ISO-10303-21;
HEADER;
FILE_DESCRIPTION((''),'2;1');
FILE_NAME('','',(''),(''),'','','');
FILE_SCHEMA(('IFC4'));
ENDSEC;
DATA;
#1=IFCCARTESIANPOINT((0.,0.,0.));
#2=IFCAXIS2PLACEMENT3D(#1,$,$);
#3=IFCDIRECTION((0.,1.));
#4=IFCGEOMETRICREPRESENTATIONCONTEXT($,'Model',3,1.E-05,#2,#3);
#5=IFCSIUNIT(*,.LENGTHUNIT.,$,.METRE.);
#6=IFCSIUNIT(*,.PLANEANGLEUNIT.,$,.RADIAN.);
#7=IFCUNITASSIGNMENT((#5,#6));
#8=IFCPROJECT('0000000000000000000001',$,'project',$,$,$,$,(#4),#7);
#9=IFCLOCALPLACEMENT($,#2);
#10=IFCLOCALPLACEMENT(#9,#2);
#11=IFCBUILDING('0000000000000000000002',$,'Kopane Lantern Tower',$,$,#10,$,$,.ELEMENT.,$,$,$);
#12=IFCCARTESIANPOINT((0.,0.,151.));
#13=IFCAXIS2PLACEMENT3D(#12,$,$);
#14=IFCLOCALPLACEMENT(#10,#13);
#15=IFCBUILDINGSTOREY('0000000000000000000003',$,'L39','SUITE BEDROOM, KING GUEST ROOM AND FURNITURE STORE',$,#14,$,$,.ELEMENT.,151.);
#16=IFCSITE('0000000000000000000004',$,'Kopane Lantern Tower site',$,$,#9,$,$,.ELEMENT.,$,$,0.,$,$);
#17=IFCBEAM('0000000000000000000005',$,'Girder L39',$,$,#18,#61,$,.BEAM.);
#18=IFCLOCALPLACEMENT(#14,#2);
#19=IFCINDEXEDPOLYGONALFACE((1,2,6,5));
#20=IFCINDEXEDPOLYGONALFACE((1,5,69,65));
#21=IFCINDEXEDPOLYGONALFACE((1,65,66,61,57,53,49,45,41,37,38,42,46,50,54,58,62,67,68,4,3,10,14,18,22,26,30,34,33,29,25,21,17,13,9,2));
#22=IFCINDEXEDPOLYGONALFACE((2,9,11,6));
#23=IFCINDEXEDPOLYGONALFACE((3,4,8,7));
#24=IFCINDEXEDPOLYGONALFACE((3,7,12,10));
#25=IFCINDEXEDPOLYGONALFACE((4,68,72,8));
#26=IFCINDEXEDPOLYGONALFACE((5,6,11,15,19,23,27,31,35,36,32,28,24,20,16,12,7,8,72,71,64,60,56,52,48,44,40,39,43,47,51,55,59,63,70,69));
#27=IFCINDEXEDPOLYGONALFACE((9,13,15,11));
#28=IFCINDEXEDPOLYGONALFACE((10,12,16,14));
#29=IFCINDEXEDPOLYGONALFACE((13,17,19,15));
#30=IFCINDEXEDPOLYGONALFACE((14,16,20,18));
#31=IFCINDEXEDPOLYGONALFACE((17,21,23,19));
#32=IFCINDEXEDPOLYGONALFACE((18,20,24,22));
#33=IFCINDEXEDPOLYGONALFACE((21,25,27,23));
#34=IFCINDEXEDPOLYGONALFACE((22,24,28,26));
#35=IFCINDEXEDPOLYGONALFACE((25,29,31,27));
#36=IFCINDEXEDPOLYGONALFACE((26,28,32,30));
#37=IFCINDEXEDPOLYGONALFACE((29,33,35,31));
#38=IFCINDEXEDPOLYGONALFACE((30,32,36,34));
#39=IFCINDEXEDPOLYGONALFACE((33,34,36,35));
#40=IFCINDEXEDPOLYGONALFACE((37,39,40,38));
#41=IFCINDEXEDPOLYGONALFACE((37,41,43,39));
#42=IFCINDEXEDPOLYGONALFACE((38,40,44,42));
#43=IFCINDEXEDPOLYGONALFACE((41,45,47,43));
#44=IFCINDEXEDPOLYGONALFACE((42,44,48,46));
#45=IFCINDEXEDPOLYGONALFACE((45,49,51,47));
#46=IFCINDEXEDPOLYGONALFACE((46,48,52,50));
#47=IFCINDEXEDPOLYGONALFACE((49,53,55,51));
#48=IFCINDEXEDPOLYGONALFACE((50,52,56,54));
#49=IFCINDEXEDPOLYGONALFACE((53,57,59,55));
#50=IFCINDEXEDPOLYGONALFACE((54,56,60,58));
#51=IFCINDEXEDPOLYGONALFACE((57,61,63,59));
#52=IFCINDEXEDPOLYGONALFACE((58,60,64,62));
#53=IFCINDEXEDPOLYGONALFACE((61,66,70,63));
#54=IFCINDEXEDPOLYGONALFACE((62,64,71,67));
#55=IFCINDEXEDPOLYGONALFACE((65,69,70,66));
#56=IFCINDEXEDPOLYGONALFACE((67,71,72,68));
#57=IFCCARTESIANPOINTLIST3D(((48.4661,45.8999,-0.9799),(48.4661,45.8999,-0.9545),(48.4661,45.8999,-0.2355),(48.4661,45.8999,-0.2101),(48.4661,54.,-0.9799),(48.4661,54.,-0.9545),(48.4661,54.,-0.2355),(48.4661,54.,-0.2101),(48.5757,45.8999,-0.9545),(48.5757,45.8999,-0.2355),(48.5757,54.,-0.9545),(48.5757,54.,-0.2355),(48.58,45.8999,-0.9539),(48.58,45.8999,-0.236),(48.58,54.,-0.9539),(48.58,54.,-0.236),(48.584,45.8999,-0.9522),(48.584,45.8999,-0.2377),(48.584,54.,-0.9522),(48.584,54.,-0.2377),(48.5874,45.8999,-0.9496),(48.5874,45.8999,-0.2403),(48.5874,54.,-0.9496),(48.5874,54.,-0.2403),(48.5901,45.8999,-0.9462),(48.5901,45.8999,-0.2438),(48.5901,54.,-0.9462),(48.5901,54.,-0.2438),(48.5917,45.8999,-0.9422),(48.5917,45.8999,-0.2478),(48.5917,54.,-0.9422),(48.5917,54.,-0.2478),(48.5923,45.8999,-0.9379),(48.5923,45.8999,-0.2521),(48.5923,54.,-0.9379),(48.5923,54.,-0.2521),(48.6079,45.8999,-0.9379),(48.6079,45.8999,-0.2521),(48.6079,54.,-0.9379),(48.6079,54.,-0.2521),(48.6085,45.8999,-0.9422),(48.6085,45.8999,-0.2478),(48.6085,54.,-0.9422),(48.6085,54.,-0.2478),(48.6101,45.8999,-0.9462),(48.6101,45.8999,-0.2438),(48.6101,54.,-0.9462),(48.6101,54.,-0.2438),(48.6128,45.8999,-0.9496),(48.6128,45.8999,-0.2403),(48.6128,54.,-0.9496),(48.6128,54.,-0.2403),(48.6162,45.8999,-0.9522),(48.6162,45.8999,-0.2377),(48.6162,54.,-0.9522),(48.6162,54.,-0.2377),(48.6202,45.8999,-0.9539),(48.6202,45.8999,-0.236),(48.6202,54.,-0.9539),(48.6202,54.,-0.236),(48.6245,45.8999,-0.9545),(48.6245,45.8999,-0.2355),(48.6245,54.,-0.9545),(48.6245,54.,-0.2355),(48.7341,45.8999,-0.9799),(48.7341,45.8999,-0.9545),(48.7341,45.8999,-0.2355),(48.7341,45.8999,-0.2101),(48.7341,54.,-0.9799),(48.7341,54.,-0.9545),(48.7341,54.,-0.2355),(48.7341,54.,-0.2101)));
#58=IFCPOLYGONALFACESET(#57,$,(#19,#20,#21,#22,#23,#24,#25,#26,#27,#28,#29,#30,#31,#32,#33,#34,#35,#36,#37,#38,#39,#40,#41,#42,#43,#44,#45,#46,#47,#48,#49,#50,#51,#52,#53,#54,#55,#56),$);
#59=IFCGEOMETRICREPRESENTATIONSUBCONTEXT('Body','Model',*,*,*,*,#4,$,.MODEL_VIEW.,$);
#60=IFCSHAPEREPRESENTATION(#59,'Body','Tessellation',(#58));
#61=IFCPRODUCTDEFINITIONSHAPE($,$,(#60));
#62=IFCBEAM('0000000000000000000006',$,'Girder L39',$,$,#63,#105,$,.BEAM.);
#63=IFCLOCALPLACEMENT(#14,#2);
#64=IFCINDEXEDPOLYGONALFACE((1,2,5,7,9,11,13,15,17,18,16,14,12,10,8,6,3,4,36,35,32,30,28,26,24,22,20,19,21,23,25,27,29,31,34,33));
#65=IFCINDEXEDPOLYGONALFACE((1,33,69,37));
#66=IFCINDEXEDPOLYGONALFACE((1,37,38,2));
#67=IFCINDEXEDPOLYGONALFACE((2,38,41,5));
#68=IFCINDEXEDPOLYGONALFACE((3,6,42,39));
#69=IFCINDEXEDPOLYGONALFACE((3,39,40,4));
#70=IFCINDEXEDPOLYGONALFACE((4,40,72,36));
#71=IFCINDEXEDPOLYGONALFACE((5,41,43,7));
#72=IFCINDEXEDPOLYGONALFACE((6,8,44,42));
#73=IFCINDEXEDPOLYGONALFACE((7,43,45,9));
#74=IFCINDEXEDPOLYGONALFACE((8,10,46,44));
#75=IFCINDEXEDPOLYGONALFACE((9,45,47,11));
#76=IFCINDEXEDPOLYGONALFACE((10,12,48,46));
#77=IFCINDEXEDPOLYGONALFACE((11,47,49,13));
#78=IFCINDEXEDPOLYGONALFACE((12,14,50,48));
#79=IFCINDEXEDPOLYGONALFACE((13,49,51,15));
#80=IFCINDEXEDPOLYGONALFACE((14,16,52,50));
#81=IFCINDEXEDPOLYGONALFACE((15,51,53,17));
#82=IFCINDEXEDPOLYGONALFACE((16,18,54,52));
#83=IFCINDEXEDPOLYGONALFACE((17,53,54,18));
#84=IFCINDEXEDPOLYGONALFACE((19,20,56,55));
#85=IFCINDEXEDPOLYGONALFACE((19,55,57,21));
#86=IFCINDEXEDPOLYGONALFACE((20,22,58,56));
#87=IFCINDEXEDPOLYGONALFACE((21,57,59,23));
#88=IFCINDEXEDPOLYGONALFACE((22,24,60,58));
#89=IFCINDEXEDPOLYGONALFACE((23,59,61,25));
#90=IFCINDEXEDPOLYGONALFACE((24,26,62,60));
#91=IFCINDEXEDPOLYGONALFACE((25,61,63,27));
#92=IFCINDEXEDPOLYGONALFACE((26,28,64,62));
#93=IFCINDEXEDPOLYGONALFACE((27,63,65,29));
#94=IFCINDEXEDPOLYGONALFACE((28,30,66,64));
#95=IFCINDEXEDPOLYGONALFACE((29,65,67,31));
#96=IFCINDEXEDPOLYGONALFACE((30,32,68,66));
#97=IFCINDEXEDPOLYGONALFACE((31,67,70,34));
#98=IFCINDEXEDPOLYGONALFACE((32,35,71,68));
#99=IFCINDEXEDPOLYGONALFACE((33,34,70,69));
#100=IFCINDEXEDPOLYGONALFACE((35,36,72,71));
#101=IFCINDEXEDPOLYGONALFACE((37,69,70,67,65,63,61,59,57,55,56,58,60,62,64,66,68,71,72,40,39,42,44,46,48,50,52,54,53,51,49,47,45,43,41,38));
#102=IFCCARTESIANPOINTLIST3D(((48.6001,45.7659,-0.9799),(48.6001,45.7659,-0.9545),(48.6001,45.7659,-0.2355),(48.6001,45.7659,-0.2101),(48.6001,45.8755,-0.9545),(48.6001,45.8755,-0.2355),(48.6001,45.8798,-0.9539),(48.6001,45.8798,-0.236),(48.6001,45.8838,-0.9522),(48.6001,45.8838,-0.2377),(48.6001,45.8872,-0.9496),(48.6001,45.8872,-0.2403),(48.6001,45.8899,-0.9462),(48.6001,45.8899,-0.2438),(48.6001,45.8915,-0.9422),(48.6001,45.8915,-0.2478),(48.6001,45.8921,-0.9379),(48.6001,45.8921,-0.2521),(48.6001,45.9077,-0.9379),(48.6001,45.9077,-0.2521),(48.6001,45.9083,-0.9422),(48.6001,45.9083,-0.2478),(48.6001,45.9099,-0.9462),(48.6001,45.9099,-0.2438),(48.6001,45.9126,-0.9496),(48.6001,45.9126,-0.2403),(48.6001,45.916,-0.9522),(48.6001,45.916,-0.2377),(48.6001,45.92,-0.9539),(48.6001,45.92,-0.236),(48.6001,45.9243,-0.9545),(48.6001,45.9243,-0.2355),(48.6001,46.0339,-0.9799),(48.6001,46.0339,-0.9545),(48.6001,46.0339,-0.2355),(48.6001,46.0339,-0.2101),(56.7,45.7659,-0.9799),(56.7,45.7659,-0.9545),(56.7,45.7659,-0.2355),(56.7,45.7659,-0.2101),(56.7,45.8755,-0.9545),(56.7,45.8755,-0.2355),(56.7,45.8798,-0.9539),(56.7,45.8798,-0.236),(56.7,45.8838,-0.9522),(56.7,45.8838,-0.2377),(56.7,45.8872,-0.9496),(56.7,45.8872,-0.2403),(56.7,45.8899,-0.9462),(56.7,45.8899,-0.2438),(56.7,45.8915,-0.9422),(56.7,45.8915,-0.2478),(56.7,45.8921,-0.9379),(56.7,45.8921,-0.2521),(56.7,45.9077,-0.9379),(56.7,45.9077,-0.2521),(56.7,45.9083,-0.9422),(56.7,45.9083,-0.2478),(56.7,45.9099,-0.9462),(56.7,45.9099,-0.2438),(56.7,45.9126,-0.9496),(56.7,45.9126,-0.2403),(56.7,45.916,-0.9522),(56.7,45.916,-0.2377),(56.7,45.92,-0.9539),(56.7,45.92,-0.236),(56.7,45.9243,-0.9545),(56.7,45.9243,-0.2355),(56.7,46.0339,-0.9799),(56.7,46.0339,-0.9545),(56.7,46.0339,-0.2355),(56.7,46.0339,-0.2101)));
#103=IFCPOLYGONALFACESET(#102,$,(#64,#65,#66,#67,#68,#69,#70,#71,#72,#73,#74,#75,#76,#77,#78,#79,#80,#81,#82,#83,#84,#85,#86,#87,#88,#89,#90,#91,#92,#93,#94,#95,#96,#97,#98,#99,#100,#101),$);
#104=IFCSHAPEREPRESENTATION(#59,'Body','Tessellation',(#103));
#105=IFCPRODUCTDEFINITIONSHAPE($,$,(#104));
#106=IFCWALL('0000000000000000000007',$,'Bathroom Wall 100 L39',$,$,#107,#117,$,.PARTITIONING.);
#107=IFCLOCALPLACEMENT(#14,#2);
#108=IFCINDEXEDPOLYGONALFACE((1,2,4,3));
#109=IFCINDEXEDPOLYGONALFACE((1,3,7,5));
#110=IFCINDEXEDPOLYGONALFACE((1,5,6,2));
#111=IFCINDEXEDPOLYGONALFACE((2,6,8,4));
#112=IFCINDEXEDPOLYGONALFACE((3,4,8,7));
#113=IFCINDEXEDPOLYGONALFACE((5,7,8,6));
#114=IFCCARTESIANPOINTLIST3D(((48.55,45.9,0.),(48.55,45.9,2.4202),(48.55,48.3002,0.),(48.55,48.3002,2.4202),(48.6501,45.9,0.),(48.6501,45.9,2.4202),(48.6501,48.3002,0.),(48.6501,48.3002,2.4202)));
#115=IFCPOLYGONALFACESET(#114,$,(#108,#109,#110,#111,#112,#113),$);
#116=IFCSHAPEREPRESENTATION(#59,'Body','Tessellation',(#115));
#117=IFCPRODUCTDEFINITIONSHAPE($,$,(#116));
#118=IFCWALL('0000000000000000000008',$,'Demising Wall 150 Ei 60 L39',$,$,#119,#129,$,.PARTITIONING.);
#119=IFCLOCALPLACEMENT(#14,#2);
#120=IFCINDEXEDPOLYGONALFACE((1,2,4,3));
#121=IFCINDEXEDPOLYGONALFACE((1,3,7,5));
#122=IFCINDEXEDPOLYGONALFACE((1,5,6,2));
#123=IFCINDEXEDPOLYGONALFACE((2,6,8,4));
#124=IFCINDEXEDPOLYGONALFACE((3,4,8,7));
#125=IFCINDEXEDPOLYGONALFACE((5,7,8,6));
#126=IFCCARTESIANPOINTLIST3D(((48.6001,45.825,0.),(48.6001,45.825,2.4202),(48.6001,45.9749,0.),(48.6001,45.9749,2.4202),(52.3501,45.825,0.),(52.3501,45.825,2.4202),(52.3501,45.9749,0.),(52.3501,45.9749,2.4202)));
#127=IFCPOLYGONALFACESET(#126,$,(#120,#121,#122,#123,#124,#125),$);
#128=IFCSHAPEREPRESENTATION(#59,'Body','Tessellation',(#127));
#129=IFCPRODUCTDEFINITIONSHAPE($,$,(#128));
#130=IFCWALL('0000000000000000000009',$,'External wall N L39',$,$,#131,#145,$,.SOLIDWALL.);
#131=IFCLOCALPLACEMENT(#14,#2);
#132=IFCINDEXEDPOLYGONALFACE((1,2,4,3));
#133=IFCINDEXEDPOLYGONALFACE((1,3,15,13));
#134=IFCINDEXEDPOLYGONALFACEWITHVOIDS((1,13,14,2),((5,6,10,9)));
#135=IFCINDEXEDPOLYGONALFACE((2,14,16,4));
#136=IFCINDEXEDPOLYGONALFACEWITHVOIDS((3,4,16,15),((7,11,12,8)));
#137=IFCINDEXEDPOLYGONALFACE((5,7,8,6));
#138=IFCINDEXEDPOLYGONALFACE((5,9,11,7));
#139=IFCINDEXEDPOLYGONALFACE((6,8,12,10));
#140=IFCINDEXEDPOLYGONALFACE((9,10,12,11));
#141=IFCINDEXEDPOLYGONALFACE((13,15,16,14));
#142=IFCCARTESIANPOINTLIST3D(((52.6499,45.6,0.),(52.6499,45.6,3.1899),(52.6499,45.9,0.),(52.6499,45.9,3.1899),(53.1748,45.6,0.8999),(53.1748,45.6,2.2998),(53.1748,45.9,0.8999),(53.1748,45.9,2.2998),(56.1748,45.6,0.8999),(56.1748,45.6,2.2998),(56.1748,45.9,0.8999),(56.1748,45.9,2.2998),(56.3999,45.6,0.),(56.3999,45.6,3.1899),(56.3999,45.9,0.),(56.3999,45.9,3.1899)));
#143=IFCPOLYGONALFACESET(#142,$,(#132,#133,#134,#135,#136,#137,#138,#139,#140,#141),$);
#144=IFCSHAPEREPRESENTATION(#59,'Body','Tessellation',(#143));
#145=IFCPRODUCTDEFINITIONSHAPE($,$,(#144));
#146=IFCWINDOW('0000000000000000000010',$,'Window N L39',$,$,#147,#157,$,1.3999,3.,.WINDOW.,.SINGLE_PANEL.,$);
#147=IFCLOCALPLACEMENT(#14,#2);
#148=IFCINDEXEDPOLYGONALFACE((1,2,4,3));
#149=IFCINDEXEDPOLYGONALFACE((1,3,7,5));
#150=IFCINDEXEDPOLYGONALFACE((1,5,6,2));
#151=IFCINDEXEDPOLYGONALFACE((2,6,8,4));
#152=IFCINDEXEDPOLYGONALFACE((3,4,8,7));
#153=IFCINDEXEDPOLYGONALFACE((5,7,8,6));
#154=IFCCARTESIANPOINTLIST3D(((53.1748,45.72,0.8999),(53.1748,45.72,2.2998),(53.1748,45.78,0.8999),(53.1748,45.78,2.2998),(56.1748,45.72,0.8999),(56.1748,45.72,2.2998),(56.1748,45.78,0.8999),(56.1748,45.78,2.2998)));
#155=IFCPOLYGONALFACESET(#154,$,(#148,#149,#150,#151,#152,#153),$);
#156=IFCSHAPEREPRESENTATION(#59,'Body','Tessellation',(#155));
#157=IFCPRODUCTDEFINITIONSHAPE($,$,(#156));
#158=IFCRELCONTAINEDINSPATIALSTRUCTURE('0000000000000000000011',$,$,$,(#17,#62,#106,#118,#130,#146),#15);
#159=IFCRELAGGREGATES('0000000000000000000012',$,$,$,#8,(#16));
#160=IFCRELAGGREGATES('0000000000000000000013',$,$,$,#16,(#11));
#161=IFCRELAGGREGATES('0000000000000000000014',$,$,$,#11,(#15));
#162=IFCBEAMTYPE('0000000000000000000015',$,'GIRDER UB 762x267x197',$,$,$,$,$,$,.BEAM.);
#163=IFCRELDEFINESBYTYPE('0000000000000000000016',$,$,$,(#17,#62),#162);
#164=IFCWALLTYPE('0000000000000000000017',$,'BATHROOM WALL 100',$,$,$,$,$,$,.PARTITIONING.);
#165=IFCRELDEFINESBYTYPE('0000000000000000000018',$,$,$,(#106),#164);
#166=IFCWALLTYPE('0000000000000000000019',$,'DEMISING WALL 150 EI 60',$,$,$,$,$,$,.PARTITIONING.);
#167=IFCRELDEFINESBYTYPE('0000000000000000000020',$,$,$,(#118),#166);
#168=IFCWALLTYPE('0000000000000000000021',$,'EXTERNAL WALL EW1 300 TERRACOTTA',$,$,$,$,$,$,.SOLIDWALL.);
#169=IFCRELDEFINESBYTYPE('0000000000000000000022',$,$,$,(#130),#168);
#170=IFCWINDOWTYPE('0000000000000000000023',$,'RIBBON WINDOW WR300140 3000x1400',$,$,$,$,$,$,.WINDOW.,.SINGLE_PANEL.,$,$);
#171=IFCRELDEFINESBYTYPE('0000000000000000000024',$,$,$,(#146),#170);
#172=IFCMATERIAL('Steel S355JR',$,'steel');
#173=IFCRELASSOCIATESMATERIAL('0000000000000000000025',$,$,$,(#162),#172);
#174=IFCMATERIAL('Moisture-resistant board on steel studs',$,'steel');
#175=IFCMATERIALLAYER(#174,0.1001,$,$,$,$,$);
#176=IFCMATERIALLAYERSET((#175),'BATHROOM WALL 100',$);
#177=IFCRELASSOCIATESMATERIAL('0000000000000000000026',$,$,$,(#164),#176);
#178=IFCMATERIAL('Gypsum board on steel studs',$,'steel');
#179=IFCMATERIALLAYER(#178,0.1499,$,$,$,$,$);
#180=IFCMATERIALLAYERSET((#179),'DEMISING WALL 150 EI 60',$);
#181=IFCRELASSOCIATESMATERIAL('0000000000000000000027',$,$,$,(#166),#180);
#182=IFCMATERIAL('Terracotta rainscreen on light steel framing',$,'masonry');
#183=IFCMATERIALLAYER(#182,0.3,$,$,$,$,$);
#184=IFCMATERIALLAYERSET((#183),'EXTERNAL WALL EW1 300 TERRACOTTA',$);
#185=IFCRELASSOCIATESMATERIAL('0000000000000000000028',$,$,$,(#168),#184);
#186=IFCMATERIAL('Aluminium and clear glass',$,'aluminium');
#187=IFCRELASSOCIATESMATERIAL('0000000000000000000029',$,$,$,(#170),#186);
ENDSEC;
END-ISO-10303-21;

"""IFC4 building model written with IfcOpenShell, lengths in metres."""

from ifc_helpers import new_model, si_unit, direction, frame, frame_2d, origin, origin_2d, place, context, subcontext, project, spatial, rectangle, i_section, extrude, material, layer, layer_set, material_profile, profile_set, type_object, element, fill, save


model = new_model("IFC4")

# Units and contexts
model_context = context("Model", 3, precision=1e-05, world=origin(), true_north=direction((0.0, 1.0)))
body_context = subcontext(model_context, "Body", "Model", "MODEL_VIEW")
ifc_project = project(units=[si_unit("LENGTHUNIT", "METRE"), si_unit("PLANEANGLEUNIT", "RADIAN")], contexts=[model_context])

# Site, building, storey
site_placement = place(None, origin())
site = spatial("IfcSite", under=ifc_project, at=site_placement, Name="Kopane Lantern Tower site", CompositionType="ELEMENT", RefElevation=0.0)
building_placement = place(site_placement, origin())
building = spatial("IfcBuilding", under=site, at=building_placement, Name="Kopane Lantern Tower", CompositionType="ELEMENT")
storey_placement = place(building_placement, frame((0.0, 0.0, 151.0)))
storey = spatial("IfcBuildingStorey", under=building, at=storey_placement, Name="L39", Description="SUITE BEDROOM, KING GUEST ROOM AND FURNITURE STORE", CompositionType="ELEMENT", Elevation=151.0)

# Beams
ifc_material_1 = material(Name="Steel S355JR", Category="steel")
ifc_material_profile_1 = material_profile(ifc_material_1, i_section(OverallWidth=0.2681, OverallDepth=0.7698, WebThickness=0.0156, FlangeThickness=0.0254, FilletRadius=0.0166, at=origin_2d()), Name="UB 762x267x197")
ifc_profile_set_1 = profile_set([ifc_material_profile_1], Name="Steel S355JR")
beam_type_1 = type_object("IfcBeamType", Name="GIRDER UB 762x267x197", PredefinedType="BEAM", material=ifc_profile_set_1)
beam_1_placement = place(storey_placement, frame((48.6001, 45.8999, -0.595), z_axis=(0.0, 1.0, 0.0), x_axis=(-1.0, 0.0, 0.0)))
element("IfcBeam", 1, at=beam_1_placement, inside=storey, type_object=beam_type_1, Name="Girder L39", PredefinedType="BEAM", context=body_context, shape_type="SweptSolid", body=[
    extrude(i_section(OverallWidth=0.2681, OverallDepth=0.7698, WebThickness=0.0156, FlangeThickness=0.0254, FilletRadius=0.0166, at=origin_2d()), origin(), (0.0, 0.0, 1.0), 8.1001),
])
beam_2_placement = place(storey_placement, frame((48.6001, 45.8999, -0.595), z_axis=(1.0, 0.0, 0.0), x_axis=(0.0, 1.0, 0.0)))
element("IfcBeam", 2, at=beam_2_placement, inside=storey, type_object=beam_type_1, Name="Girder L39", PredefinedType="BEAM", context=body_context, shape_type="SweptSolid", body=[
    extrude(i_section(OverallWidth=0.2681, OverallDepth=0.7698, WebThickness=0.0156, FlangeThickness=0.0254, FilletRadius=0.0166, at=origin_2d()), origin(), (0.0, 0.0, 1.0), 8.0999),
])

# Walls
ifc_material_2 = material(Name="Moisture-resistant board on steel studs", Category="steel")
ifc_layer_1 = layer(ifc_material_2, 0.1001)
ifc_layer_set_1 = layer_set([ifc_layer_1], Name="BATHROOM WALL 100")
wall_type_1 = type_object("IfcWallType", Name="BATHROOM WALL 100", PredefinedType="PARTITIONING", material=ifc_layer_set_1)
wall_1_placement = place(storey_placement, frame((48.6001, 45.8999, 0.0), z_axis=(0.0, 0.0, 1.0), x_axis=(0.0, 1.0, 0.0)))
element("IfcWall", 3, at=wall_1_placement, inside=storey, type_object=wall_type_1, Name="Bathroom Wall 100 L39", PredefinedType="PARTITIONING", context=body_context, shape_type="SweptSolid", body=[
    extrude(rectangle(XDim=2.4001, YDim=0.1001, at=frame_2d((1.2002, 0.0))), origin(), (0.0, 0.0, 1.0), 2.4202),
])
ifc_material_3 = material(Name="Gypsum board on steel studs", Category="steel")
ifc_layer_2 = layer(ifc_material_3, 0.1499)
ifc_layer_set_2 = layer_set([ifc_layer_2], Name="DEMISING WALL 150 EI 60")
wall_type_2 = type_object("IfcWallType", Name="DEMISING WALL 150 EI 60", PredefinedType="PARTITIONING", material=ifc_layer_set_2)
wall_2_placement = place(storey_placement, frame((48.6001, 45.8999, 0.0), z_axis=(0.0, 0.0, 1.0), x_axis=(1.0, 0.0, 0.0)))
element("IfcWall", 4, at=wall_2_placement, inside=storey, type_object=wall_type_2, Name="Demising Wall 150 Ei 60 L39", PredefinedType="PARTITIONING", context=body_context, shape_type="SweptSolid", body=[
    extrude(rectangle(XDim=3.75, YDim=0.1499, at=frame_2d((1.875, 0.0))), origin(), (0.0, 0.0, 1.0), 2.4202),
])

# Wall, opening, window
ifc_material_4 = material(Name="Terracotta rainscreen on light steel framing", Category="masonry")
ifc_layer_3 = layer(ifc_material_4, 0.3)
ifc_layer_set_3 = layer_set([ifc_layer_3], Name="EXTERNAL WALL EW1 300 TERRACOTTA")
wall_type_3 = type_object("IfcWallType", Name="EXTERNAL WALL EW1 300 TERRACOTTA", PredefinedType="SOLIDWALL", material=ifc_layer_set_3)
wall_3_placement = place(storey_placement, frame((56.3999, 45.75, 0.0), z_axis=(0.0, 0.0, 1.0), x_axis=(-1.0, 0.0, 0.0)))
wall_3 = element("IfcWall", 5, at=wall_3_placement, inside=storey, type_object=wall_type_3, Name="External wall N L39", PredefinedType="SOLIDWALL", context=body_context, shape_type="SweptSolid", body=[
    extrude(rectangle(XDim=3.75, YDim=0.3, at=frame_2d((1.875, 0.0))), origin(), (0.0, 0.0, 1.0), 3.1899),
])
opening_1_placement = place(wall_3_placement, frame((0.2251, 0.0, 0.8999)))
opening_1 = element("IfcOpeningElement", 6, at=opening_1_placement, cuts=wall_3, PredefinedType="OPENING", context=body_context, shape_type="SweptSolid", body=[
    extrude(rectangle(XDim=3.0, YDim=1.3999, at=frame_2d((1.5, 0.7))), frame((0.0, 0.1599, 0.0), z_axis=(0.0, -1.0, 0.0), x_axis=(1.0, 0.0, 0.0)), (0.0, 0.0, 1.0), 0.3201),
])
ifc_material_5 = material(Name="Aluminium and clear glass", Category="aluminium")
window_type = type_object("IfcWindowType", Name="RIBBON WINDOW WR300140 3000x1400", PartitioningType="SINGLE_PANEL", PredefinedType="WINDOW", material=ifc_material_5)
window_1_placement = place(opening_1_placement, origin())
window_1 = element("IfcWindow", 7, at=window_1_placement, inside=storey, type_object=window_type, Name="Window N L39", OverallHeight=1.3999, OverallWidth=3.0, PartitioningType="SINGLE_PANEL", PredefinedType="WINDOW", context=body_context, shape_type="SweptSolid", body=[
    extrude(rectangle(XDim=3.0, YDim=1.3999, at=frame_2d((1.5, 0.7))), frame((0.0, 0.03, 0.0), z_axis=(0.0, -1.0, 0.0), x_axis=(1.0, 0.0, 0.0)), (0.0, 0.0, 1.0), 0.0601),
])
fill(opening_1, window_1)

save(model, "model.ifc")
